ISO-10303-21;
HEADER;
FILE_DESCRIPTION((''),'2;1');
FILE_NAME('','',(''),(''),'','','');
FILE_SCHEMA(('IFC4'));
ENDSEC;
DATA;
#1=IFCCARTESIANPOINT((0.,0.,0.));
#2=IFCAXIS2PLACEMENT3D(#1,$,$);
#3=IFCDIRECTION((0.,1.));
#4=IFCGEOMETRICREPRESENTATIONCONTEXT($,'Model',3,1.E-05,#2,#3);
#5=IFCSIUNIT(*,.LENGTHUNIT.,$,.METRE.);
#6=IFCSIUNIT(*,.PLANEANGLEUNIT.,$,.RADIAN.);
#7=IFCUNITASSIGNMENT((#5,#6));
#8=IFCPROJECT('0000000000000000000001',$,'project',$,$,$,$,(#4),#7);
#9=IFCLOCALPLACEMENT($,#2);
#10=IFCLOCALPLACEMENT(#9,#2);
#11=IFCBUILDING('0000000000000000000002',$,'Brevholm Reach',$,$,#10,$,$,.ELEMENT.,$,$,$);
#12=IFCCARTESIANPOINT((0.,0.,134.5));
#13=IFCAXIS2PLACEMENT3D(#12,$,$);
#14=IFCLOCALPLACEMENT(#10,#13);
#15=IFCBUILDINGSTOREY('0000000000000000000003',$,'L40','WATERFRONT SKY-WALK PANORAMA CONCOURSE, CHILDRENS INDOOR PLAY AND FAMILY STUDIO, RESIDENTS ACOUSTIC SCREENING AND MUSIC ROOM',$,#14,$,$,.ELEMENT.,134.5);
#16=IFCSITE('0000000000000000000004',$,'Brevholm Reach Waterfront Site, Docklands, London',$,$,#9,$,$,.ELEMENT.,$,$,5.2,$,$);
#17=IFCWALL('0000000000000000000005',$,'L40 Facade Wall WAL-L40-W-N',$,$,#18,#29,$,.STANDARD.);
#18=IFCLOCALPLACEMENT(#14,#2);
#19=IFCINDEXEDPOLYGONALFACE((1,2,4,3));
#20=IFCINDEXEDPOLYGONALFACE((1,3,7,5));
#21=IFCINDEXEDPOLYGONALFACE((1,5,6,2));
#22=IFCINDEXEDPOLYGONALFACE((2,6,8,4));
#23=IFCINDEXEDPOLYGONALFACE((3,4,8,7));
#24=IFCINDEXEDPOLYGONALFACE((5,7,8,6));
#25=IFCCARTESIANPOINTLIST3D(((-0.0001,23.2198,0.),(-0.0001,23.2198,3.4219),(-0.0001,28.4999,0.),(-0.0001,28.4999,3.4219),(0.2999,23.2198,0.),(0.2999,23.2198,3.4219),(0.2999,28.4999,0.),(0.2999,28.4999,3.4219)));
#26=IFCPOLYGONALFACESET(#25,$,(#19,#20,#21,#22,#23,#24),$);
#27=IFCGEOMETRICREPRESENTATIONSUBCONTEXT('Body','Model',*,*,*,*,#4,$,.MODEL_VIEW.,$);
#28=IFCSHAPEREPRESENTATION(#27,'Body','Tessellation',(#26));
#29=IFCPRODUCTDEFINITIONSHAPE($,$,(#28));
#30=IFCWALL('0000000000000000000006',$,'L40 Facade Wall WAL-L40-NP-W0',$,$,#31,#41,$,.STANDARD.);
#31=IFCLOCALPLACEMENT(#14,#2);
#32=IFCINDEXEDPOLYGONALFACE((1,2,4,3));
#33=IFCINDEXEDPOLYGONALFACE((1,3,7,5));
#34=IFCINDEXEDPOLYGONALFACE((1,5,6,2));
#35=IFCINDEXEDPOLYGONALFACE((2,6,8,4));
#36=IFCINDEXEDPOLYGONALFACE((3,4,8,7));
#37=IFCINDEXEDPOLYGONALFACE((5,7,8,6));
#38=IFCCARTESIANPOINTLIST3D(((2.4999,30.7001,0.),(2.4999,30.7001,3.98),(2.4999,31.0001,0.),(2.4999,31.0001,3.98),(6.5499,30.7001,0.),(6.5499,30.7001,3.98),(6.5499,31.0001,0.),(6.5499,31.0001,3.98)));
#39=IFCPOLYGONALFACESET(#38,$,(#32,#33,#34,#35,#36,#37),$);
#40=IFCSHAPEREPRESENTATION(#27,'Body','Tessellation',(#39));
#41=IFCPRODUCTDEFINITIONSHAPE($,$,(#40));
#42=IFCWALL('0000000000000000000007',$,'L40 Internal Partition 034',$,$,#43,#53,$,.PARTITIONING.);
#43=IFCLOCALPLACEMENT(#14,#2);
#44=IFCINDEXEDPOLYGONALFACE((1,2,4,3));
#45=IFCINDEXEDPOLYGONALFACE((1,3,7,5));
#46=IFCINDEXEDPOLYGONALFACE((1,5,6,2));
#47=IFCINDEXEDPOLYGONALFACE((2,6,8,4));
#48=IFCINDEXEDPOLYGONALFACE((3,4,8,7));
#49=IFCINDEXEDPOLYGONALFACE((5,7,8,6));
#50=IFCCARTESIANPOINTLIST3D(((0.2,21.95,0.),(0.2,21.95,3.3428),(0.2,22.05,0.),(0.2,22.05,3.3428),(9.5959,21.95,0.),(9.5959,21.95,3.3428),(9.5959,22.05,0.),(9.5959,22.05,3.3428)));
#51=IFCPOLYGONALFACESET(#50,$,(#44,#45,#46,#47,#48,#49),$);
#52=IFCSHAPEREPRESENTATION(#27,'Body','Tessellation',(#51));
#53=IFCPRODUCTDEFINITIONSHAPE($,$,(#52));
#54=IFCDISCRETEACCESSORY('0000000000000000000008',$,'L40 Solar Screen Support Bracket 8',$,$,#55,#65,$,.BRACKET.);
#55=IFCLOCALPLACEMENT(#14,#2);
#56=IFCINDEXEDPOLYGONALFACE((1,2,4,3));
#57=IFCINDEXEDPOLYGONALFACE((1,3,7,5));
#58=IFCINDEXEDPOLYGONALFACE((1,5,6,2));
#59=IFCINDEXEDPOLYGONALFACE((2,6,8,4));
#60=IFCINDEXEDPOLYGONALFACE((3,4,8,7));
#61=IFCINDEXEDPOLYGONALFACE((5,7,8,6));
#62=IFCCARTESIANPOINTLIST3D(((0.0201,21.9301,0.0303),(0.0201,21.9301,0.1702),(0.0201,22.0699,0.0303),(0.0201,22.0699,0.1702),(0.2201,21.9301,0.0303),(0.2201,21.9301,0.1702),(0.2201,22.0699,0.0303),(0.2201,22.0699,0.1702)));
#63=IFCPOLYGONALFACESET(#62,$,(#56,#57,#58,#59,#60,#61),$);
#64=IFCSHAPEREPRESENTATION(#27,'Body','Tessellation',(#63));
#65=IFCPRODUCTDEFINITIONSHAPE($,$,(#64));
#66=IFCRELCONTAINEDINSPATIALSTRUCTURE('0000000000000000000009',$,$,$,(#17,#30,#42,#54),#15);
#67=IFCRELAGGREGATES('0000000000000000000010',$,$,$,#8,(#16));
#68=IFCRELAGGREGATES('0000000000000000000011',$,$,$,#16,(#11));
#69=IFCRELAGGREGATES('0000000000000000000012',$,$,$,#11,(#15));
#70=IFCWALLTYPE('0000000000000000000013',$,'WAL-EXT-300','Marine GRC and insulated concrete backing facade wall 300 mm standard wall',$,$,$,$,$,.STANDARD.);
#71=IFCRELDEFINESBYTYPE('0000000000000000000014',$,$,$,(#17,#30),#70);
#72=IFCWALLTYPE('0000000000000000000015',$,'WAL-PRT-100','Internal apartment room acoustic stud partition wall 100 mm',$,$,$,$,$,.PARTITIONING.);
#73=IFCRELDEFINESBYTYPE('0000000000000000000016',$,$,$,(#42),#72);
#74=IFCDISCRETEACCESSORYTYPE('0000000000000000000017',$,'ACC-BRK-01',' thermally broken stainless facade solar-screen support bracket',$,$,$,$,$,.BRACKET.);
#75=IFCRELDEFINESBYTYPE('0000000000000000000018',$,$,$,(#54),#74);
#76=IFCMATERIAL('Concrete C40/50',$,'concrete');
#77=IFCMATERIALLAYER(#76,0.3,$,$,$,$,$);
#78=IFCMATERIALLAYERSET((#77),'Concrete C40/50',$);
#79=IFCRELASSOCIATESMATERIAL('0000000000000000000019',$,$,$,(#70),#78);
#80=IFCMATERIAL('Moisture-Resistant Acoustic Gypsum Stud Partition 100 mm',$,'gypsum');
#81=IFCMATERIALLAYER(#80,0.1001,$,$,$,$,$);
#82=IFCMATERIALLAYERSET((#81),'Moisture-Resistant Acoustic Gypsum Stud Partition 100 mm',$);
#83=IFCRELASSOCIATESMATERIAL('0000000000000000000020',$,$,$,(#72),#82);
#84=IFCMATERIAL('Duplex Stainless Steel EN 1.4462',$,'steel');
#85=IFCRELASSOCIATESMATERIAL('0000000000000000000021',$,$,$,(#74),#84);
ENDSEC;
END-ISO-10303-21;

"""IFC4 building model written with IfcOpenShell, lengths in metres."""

from ifc_helpers import new_model, si_unit, direction, frame, frame_2d, origin, origin_2d, place, context, subcontext, project, spatial, rectangle, extrude, material, layer, layer_set, type_object, element, save


model = new_model("IFC4")

# Units and contexts
model_context = context("Model", 3, precision=1e-05, world=origin(), true_north=direction((0.0, 1.0)))
body_context = subcontext(model_context, "Body", "Model", "MODEL_VIEW")
ifc_project = project(units=[si_unit("LENGTHUNIT", "METRE"), si_unit("PLANEANGLEUNIT", "RADIAN")], contexts=[model_context])

# Site, building, storey
site_placement = place(None, origin())
site = spatial("IfcSite", under=ifc_project, at=site_placement, Name="Brevholm Reach Waterfront Site, Docklands, London", CompositionType="ELEMENT", RefElevation=5.2)
building_placement = place(site_placement, origin())
building = spatial("IfcBuilding", under=site, at=building_placement, Name="Brevholm Reach", CompositionType="ELEMENT")
storey_placement = place(building_placement, frame((0.0, 0.0, 134.5)))
storey = spatial("IfcBuildingStorey", under=building, at=storey_placement, Name="L40", Description="WATERFRONT SKY-WALK PANORAMA CONCOURSE, CHILDRENS INDOOR PLAY AND FAMILY STUDIO, RESIDENTS ACOUSTIC SCREENING AND MUSIC ROOM", CompositionType="ELEMENT", Elevation=134.5)

# Walls
ifc_material_1 = material(Name="Concrete C40/50", Category="concrete")
ifc_layer_1 = layer(ifc_material_1, 0.3)
ifc_layer_set_1 = layer_set([ifc_layer_1], Name="Concrete C40/50")
wall_type_1 = type_object("IfcWallType", Name="WAL-EXT-300", Description="Marine GRC and insulated concrete backing facade wall 300 mm standard wall", PredefinedType="STANDARD", material=ifc_layer_set_1)
wall_1_placement = place(storey_placement, frame((0.1499, 28.5, 0.0), z_axis=(0.0, 0.0, 1.0), x_axis=(0.0, -1.0, 0.0)))
element("IfcWall", 1, at=wall_1_placement, inside=storey, type_object=wall_type_1, Name="L40 Facade Wall WAL-L40-W-N", PredefinedType="STANDARD", context=body_context, shape_type="SweptSolid", body=[
    extrude(rectangle(XDim=5.28, YDim=0.3, at=frame_2d((2.6401, 0.0))), origin(), (0.0, 0.0, 1.0), 3.4219),
])
wall_2_placement = place(storey_placement, frame((2.5, 30.8501, 0.0), z_axis=(0.0, 0.0, 1.0), x_axis=(1.0, 0.0, 0.0)))
element("IfcWall", 2, at=wall_2_placement, inside=storey, type_object=wall_type_1, Name="L40 Facade Wall WAL-L40-NP-W0", PredefinedType="STANDARD", context=body_context, shape_type="SweptSolid", body=[
    extrude(rectangle(XDim=4.05, YDim=0.3, at=frame_2d((2.0249, 0.0))), origin(), (0.0, 0.0, 1.0), 3.98),
])
ifc_material_2 = material(Name="Moisture-Resistant Acoustic Gypsum Stud Partition 100 mm", Category="gypsum")
ifc_layer_2 = layer(ifc_material_2, 0.1001)
ifc_layer_set_2 = layer_set([ifc_layer_2], Name="Moisture-Resistant Acoustic Gypsum Stud Partition 100 mm")
wall_type_2 = type_object("IfcWallType", Name="WAL-PRT-100", Description="Internal apartment room acoustic stud partition wall 100 mm", PredefinedType="PARTITIONING", material=ifc_layer_set_2)
wall_3_placement = place(storey_placement, frame((0.2, 22.0, 0.0), z_axis=(0.0, 0.0, 1.0), x_axis=(1.0, 0.0, 0.0)))
element("IfcWall", 3, at=wall_3_placement, inside=storey, type_object=wall_type_2, Name="L40 Internal Partition 034", PredefinedType="PARTITIONING", context=body_context, shape_type="SweptSolid", body=[
    extrude(rectangle(XDim=9.396, YDim=0.1001, at=frame_2d((4.698, 0.0))), origin(), (0.0, 0.0, 1.0), 3.3428),
])

# Discrete accessory
ifc_material_3 = material(Name="Duplex Stainless Steel EN 1.4462", Category="steel")
discrete_accessory_type = type_object("IfcDiscreteAccessoryType", Name="ACC-BRK-01", Description=" thermally broken stainless facade solar-screen support bracket", PredefinedType="BRACKET", material=ifc_material_3)
discrete_accessory_placement = place(storey_placement, frame((0.1201, 22.0, 0.0303), z_axis=(0.0, 0.0, 1.0), x_axis=(-1.0, 0.0, 0.0)))
element("IfcDiscreteAccessory", 4, at=discrete_accessory_placement, inside=storey, type_object=discrete_accessory_type, Name="L40 Solar Screen Support Bracket 8", PredefinedType="BRACKET", context=body_context, shape_type="SweptSolid", body=[
    extrude(rectangle(XDim=0.2, YDim=0.1399, at=origin_2d()), origin(), (0.0, 0.0, 1.0), 0.1399),
])

save(model, "model.ifc")
